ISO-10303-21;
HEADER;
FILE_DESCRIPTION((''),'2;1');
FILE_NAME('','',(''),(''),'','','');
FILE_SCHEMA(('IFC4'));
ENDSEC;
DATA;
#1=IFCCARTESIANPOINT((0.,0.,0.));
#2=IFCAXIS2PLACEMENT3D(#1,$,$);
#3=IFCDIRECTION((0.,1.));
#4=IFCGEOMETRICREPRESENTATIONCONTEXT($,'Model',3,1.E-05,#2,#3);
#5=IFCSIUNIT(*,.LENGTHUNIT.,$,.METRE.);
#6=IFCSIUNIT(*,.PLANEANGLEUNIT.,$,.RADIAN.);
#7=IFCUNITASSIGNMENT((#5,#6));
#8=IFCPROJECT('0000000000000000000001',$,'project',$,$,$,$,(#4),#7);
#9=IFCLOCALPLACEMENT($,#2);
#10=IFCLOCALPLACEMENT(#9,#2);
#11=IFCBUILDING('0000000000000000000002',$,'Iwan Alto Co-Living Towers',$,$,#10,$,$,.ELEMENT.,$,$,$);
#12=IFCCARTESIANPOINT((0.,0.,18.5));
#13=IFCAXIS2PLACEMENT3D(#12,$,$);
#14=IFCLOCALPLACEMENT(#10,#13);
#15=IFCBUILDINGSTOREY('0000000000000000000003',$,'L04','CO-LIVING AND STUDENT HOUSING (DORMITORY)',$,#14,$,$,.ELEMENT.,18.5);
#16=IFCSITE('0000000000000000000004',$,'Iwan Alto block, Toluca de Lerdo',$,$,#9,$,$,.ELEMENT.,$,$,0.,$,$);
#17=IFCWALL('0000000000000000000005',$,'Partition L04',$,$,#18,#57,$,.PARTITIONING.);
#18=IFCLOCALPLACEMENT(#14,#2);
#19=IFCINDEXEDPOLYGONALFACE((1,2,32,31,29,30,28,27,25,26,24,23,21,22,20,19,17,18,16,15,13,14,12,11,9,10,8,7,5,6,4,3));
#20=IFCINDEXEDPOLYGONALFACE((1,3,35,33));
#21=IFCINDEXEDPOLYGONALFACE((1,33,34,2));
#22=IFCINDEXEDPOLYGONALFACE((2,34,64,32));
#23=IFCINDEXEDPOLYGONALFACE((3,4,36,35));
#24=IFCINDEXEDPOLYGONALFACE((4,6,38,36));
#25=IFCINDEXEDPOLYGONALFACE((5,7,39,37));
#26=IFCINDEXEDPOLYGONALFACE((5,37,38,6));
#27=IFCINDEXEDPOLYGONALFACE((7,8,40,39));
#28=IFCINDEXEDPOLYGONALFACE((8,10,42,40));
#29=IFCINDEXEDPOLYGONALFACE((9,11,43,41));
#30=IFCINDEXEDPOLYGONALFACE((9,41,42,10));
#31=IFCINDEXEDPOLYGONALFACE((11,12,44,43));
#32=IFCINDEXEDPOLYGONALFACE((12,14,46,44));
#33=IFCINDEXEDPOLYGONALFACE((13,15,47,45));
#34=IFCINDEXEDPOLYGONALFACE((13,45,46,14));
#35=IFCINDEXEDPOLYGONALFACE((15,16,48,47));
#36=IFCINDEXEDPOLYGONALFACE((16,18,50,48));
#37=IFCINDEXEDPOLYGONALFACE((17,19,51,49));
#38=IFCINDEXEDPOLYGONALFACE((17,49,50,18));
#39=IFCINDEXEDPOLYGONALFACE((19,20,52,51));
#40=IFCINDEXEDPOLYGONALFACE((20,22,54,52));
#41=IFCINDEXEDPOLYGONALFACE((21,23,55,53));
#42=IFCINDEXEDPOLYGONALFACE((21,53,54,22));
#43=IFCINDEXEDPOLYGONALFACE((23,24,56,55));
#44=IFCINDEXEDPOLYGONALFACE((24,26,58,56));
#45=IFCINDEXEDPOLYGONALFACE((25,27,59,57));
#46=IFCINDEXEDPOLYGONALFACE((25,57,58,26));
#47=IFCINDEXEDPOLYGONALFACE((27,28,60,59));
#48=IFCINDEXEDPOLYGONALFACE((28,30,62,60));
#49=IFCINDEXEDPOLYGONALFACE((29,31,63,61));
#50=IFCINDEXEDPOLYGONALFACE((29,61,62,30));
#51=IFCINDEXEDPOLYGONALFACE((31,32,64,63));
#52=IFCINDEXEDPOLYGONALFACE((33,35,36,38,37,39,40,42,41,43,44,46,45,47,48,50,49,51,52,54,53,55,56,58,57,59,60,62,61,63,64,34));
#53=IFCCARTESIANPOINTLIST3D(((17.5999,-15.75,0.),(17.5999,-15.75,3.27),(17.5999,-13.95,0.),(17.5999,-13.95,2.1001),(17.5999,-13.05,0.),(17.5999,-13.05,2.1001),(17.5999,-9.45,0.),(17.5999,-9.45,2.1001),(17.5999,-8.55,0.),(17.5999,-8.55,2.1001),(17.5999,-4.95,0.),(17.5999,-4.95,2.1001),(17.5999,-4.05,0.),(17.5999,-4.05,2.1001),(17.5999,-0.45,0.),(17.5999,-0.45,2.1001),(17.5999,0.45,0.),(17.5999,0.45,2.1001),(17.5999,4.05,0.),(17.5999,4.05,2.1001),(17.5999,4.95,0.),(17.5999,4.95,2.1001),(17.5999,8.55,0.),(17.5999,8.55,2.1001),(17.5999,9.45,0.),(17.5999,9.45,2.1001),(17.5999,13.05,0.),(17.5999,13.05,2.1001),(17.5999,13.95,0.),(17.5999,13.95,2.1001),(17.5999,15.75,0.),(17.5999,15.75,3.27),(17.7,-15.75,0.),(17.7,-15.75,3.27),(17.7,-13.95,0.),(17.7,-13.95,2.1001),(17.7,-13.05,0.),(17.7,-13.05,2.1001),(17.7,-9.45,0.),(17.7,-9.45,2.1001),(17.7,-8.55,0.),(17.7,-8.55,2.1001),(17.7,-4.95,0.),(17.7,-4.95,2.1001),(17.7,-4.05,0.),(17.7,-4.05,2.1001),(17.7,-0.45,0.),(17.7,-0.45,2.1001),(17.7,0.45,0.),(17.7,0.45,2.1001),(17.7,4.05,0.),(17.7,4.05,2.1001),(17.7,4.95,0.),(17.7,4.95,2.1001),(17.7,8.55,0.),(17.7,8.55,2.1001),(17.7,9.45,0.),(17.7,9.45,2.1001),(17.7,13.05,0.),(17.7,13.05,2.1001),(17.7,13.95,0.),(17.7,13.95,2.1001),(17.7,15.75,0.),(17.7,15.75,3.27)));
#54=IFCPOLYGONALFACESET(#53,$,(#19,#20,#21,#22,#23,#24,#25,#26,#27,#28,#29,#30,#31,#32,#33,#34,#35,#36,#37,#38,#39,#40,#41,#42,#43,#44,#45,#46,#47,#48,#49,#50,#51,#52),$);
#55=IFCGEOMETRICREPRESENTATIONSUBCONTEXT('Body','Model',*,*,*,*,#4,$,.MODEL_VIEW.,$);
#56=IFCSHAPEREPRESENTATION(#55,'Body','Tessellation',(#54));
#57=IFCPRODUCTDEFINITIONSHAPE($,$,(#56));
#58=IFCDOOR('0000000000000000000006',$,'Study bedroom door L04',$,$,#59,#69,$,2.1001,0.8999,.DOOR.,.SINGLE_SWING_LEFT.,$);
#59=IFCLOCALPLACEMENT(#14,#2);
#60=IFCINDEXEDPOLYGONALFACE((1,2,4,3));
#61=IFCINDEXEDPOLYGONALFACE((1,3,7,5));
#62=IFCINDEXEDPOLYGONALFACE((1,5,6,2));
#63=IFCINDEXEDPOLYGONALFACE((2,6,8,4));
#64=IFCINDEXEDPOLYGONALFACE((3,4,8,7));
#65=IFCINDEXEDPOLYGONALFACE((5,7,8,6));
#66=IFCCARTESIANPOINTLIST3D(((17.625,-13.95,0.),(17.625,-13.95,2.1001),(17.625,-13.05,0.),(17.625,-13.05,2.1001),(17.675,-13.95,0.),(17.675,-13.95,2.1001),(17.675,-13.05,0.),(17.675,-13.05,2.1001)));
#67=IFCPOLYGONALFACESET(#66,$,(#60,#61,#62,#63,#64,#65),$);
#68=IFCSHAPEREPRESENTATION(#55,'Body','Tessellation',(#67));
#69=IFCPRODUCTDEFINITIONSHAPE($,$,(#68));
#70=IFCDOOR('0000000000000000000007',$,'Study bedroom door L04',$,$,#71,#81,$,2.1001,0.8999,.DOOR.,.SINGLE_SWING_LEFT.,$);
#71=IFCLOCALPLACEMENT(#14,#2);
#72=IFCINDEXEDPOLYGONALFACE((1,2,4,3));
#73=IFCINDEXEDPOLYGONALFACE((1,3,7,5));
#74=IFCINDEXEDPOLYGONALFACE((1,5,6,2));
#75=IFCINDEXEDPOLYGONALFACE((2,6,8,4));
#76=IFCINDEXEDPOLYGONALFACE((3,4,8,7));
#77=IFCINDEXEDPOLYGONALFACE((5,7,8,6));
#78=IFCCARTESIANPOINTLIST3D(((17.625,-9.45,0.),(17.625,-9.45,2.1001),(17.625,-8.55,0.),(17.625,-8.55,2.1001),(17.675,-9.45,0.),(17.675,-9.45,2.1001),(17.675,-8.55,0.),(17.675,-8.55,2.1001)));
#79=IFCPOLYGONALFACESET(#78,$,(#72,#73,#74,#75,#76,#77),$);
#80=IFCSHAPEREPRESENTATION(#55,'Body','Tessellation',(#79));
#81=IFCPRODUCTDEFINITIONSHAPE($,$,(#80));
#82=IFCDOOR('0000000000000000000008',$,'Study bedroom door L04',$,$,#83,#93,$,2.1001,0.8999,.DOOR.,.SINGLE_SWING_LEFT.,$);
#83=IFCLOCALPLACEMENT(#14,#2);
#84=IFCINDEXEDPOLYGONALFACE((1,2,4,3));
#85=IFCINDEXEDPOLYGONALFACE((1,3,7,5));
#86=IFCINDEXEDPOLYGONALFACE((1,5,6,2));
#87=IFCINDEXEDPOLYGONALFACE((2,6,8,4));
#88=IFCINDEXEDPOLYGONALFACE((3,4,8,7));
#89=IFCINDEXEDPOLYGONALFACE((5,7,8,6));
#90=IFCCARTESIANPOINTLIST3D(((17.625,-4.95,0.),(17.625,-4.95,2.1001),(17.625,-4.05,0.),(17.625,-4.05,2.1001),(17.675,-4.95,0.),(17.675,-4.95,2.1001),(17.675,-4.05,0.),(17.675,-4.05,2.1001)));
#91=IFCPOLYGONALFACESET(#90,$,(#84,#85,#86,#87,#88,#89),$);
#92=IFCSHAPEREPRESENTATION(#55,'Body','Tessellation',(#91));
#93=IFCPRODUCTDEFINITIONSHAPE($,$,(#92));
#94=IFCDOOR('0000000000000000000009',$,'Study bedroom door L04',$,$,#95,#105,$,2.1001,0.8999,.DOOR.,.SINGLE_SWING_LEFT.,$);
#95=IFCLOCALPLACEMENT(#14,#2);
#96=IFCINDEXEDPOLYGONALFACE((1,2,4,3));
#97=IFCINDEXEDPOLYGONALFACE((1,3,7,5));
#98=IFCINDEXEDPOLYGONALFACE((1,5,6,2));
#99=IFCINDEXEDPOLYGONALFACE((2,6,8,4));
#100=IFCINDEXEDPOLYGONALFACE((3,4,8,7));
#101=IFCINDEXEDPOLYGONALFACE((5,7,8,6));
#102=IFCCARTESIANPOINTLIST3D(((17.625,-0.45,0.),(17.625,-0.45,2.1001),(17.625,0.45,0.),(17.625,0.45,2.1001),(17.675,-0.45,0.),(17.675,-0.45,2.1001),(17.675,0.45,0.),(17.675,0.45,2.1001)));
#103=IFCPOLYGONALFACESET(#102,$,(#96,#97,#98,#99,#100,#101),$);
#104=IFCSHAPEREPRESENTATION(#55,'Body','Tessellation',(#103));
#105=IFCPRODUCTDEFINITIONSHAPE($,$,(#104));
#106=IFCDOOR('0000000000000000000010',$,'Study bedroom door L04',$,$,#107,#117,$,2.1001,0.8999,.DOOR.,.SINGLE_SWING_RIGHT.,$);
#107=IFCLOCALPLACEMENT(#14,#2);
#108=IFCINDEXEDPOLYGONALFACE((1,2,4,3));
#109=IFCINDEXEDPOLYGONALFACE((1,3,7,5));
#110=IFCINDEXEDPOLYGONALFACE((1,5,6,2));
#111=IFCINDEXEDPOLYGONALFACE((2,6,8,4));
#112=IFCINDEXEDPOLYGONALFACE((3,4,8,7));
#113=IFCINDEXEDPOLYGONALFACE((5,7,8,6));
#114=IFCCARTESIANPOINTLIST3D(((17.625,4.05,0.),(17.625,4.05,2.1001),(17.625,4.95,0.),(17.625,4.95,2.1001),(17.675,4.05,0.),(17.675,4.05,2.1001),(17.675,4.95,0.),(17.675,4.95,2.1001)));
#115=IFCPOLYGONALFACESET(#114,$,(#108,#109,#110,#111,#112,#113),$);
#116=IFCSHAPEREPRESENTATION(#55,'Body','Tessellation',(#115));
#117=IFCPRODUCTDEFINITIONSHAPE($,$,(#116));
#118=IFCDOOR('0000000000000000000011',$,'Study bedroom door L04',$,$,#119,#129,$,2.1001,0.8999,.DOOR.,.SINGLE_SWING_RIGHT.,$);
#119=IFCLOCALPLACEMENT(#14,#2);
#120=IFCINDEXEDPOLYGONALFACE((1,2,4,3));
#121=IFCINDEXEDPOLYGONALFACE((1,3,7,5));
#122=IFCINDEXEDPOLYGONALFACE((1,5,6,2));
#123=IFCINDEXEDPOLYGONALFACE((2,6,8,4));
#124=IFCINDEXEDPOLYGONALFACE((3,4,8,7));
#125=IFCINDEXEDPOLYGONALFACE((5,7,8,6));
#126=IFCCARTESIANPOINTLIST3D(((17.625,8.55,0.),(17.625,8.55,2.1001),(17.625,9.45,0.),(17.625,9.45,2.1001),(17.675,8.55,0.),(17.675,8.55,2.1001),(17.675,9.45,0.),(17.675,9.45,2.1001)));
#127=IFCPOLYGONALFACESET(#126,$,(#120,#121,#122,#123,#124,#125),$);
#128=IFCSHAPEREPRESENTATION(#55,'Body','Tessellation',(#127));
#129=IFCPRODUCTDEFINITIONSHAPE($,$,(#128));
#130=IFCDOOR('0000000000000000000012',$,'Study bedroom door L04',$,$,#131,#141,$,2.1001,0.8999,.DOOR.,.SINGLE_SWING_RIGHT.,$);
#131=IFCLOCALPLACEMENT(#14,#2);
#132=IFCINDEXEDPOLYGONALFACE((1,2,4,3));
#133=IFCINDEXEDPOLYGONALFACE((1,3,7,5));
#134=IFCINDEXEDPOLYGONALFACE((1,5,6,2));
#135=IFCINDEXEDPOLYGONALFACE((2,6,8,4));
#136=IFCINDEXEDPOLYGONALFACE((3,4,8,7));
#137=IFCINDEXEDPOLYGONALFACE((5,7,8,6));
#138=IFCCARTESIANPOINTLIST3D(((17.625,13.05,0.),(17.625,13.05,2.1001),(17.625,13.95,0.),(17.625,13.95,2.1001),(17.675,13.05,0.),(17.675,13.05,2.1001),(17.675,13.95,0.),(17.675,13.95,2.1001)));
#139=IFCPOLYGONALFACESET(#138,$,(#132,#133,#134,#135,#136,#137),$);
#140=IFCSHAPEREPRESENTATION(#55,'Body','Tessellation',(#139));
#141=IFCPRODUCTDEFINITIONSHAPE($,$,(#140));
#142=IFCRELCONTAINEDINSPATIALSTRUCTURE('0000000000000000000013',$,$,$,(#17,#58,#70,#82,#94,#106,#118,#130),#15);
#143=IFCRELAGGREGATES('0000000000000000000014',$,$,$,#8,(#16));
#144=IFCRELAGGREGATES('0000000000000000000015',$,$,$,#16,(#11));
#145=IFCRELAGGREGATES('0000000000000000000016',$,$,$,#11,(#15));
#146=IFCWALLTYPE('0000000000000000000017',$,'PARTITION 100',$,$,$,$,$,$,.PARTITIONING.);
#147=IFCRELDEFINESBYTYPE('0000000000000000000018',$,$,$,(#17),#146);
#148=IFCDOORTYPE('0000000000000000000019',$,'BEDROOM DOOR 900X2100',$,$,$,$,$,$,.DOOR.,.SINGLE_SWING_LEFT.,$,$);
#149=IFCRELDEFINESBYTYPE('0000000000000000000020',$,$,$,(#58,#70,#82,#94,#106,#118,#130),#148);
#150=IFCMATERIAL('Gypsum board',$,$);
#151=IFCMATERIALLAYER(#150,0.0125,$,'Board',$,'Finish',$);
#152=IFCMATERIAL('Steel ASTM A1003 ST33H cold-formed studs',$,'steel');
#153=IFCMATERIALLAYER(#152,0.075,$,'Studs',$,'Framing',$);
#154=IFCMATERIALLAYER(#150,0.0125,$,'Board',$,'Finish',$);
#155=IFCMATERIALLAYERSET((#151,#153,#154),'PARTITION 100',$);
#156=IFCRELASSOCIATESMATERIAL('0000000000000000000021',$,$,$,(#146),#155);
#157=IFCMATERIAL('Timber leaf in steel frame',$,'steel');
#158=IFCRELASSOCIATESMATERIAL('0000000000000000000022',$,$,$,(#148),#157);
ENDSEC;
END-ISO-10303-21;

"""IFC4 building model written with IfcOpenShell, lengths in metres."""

from ifc_helpers import new_model, si_unit, direction, frame, frame_2d, origin, place, context, subcontext, project, spatial, rectangle, extrude, material, layer, layer_set, type_object, element, fill, save


model = new_model("IFC4")

# Units and contexts
model_context = context("Model", 3, precision=1e-05, world=origin(), true_north=direction((0.0, 1.0)))
body_context = subcontext(model_context, "Body", "Model", "MODEL_VIEW")
ifc_project = project(units=[si_unit("LENGTHUNIT", "METRE"), si_unit("PLANEANGLEUNIT", "RADIAN")], contexts=[model_context])

# Site, building, storey
site_placement = place(None, origin())
site = spatial("IfcSite", under=ifc_project, at=site_placement, Name="Iwan Alto block, Toluca de Lerdo", CompositionType="ELEMENT", RefElevation=0.0)
building_placement = place(site_placement, origin())
building = spatial("IfcBuilding", under=site, at=building_placement, Name="Iwan Alto Co-Living Towers", CompositionType="ELEMENT")
storey_placement = place(building_placement, frame((0.0, 0.0, 18.5)))
storey = spatial("IfcBuildingStorey", under=building, at=storey_placement, Name="L04", Description="CO-LIVING AND STUDENT HOUSING (DORMITORY)", CompositionType="ELEMENT", Elevation=18.5)

# Shared definitions
ifc_material_1 = material(Name="Gypsum board")
ifc_material_2 = material(Name="Steel ASTM A1003 ST33H cold-formed studs", Category="steel")

# Shared definitions
ifc_layer_1 = layer(ifc_material_1, 0.0125, Name="Board", Category="Finish")
ifc_layer_2 = layer(ifc_material_2, 0.075, Name="Studs", Category="Framing")
ifc_layer_3 = layer(ifc_material_1, 0.0125, Name="Board", Category="Finish")
ifc_layer_set_1 = layer_set([ifc_layer_1, ifc_layer_2, ifc_layer_3], Name="PARTITION 100")
wall_type_1 = type_object("IfcWallType", Name="PARTITION 100", PredefinedType="PARTITIONING", material=ifc_layer_set_1)

# Wall, openings, doors
wall_1_placement = place(storey_placement, frame((17.6499, -15.75, 0.0), z_axis=(0.0, 0.0, 1.0), x_axis=(0.0, 1.0, 0.0)))
wall_1 = element("IfcWall", 1, at=wall_1_placement, inside=storey, type_object=wall_type_1, Name="Partition L04", PredefinedType="PARTITIONING", context=body_context, shape_type="SweptSolid", body=[
    extrude(rectangle(XDim=31.5, YDim=0.1001, at=frame_2d((15.75, 0.0))), origin(), (0.0, 0.0, 1.0), 3.27),
])
opening_1_placement = place(wall_1_placement, frame((1.8, 0.0, 0.0)))
opening_1 = element("IfcOpeningElement", 2, at=opening_1_placement, cuts=wall_1, PredefinedType="OPENING", context=body_context, shape_type="SweptSolid", body=[
    extrude(rectangle(XDim=0.8999, YDim=2.1001, at=frame_2d((0.45, 1.05))), frame((0.0, 0.0601, 0.0), z_axis=(0.0, -1.0, 0.0), x_axis=(1.0, 0.0, 0.0)), (0.0, 0.0, 1.0), 0.1201),
])
opening_2_placement = place(wall_1_placement, frame((6.3, 0.0, 0.0)))
opening_2 = element("IfcOpeningElement", 3, at=opening_2_placement, cuts=wall_1, PredefinedType="OPENING", context=body_context, shape_type="SweptSolid", body=[
    extrude(rectangle(XDim=0.8999, YDim=2.1001, at=frame_2d((0.45, 1.05))), frame((0.0, 0.0601, 0.0), z_axis=(0.0, -1.0, 0.0), x_axis=(1.0, 0.0, 0.0)), (0.0, 0.0, 1.0), 0.1201),
])
opening_3_placement = place(wall_1_placement, frame((10.8, 0.0, 0.0)))
opening_3 = element("IfcOpeningElement", 4, at=opening_3_placement, cuts=wall_1, PredefinedType="OPENING", context=body_context, shape_type="SweptSolid", body=[
    extrude(rectangle(XDim=0.8999, YDim=2.1001, at=frame_2d((0.45, 1.05))), frame((0.0, 0.0601, 0.0), z_axis=(0.0, -1.0, 0.0), x_axis=(1.0, 0.0, 0.0)), (0.0, 0.0, 1.0), 0.1201),
])
opening_4_placement = place(wall_1_placement, frame((15.3, 0.0, 0.0)))
opening_4 = element("IfcOpeningElement", 5, at=opening_4_placement, cuts=wall_1, PredefinedType="OPENING", context=body_context, shape_type="SweptSolid", body=[
    extrude(rectangle(XDim=0.8999, YDim=2.1001, at=frame_2d((0.45, 1.05))), frame((0.0, 0.0601, 0.0), z_axis=(0.0, -1.0, 0.0), x_axis=(1.0, 0.0, 0.0)), (0.0, 0.0, 1.0), 0.1201),
])
opening_5_placement = place(wall_1_placement, frame((19.8, 0.0, 0.0)))
opening_5 = element("IfcOpeningElement", 6, at=opening_5_placement, cuts=wall_1, PredefinedType="OPENING", context=body_context, shape_type="SweptSolid", body=[
    extrude(rectangle(XDim=0.8999, YDim=2.1001, at=frame_2d((0.45, 1.05))), frame((0.0, 0.0601, 0.0), z_axis=(0.0, -1.0, 0.0), x_axis=(1.0, 0.0, 0.0)), (0.0, 0.0, 1.0), 0.1201),
])
opening_6_placement = place(wall_1_placement, frame((24.3, 0.0, 0.0)))
opening_6 = element("IfcOpeningElement", 7, at=opening_6_placement, cuts=wall_1, PredefinedType="OPENING", context=body_context, shape_type="SweptSolid", body=[
    extrude(rectangle(XDim=0.8999, YDim=2.1001, at=frame_2d((0.45, 1.05))), frame((0.0, 0.0601, 0.0), z_axis=(0.0, -1.0, 0.0), x_axis=(1.0, 0.0, 0.0)), (0.0, 0.0, 1.0), 0.1201),
])
opening_7_placement = place(wall_1_placement, frame((28.8, 0.0, 0.0)))
opening_7 = element("IfcOpeningElement", 8, at=opening_7_placement, cuts=wall_1, PredefinedType="OPENING", context=body_context, shape_type="SweptSolid", body=[
    extrude(rectangle(XDim=0.8999, YDim=2.1001, at=frame_2d((0.45, 1.05))), frame((0.0, 0.0601, 0.0), z_axis=(0.0, -1.0, 0.0), x_axis=(1.0, 0.0, 0.0)), (0.0, 0.0, 1.0), 0.1201),
])
ifc_material_3 = material(Name="Timber leaf in steel frame", Category="steel")
door_type_1 = type_object("IfcDoorType", Name="BEDROOM DOOR 900X2100", OperationType="SINGLE_SWING_LEFT", PredefinedType="DOOR", material=ifc_material_3)
door_1_placement = place(opening_1_placement, origin())
door_1 = element("IfcDoor", 9, at=door_1_placement, inside=storey, type_object=door_type_1, Name="Study bedroom door L04", OperationType="SINGLE_SWING_LEFT", OverallHeight=2.1001, OverallWidth=0.8999, PredefinedType="DOOR", context=body_context, shape_type="SweptSolid", body=[
    extrude(rectangle(XDim=0.8999, YDim=2.1001, at=frame_2d((0.45, 1.05))), frame((0.0, 0.0249, 0.0), z_axis=(0.0, -1.0, 0.0), x_axis=(1.0, 0.0, 0.0)), (0.0, 0.0, 1.0), 0.05),
])
fill(opening_1, door_1)
door_2_placement = place(opening_2_placement, origin())
door_2 = element("IfcDoor", 10, at=door_2_placement, inside=storey, type_object=door_type_1, Name="Study bedroom door L04", OperationType="SINGLE_SWING_LEFT", OverallHeight=2.1001, OverallWidth=0.8999, PredefinedType="DOOR", context=body_context, shape_type="SweptSolid", body=[
    extrude(rectangle(XDim=0.8999, YDim=2.1001, at=frame_2d((0.45, 1.05))), frame((0.0, 0.0249, 0.0), z_axis=(0.0, -1.0, 0.0), x_axis=(1.0, 0.0, 0.0)), (0.0, 0.0, 1.0), 0.05),
])
fill(opening_2, door_2)
door_3_placement = place(opening_3_placement, origin())
door_3 = element("IfcDoor", 11, at=door_3_placement, inside=storey, type_object=door_type_1, Name="Study bedroom door L04", OperationType="SINGLE_SWING_LEFT", OverallHeight=2.1001, OverallWidth=0.8999, PredefinedType="DOOR", context=body_context, shape_type="SweptSolid", body=[
    extrude(rectangle(XDim=0.8999, YDim=2.1001, at=frame_2d((0.45, 1.05))), frame((0.0, 0.0249, 0.0), z_axis=(0.0, -1.0, 0.0), x_axis=(1.0, 0.0, 0.0)), (0.0, 0.0, 1.0), 0.05),
])
fill(opening_3, door_3)
door_4_placement = place(opening_4_placement, origin())
door_4 = element("IfcDoor", 12, at=door_4_placement, inside=storey, type_object=door_type_1, Name="Study bedroom door L04", OperationType="SINGLE_SWING_LEFT", OverallHeight=2.1001, OverallWidth=0.8999, PredefinedType="DOOR", context=body_context, shape_type="SweptSolid", body=[
    extrude(rectangle(XDim=0.8999, YDim=2.1001, at=frame_2d((0.45, 1.05))), frame((0.0, 0.0249, 0.0), z_axis=(0.0, -1.0, 0.0), x_axis=(1.0, 0.0, 0.0)), (0.0, 0.0, 1.0), 0.05),
])
fill(opening_4, door_4)
door_5_placement = place(opening_5_placement, origin())
door_5 = element("IfcDoor", 13, at=door_5_placement, inside=storey, type_object=door_type_1, Name="Study bedroom door L04", OperationType="SINGLE_SWING_RIGHT", OverallHeight=2.1001, OverallWidth=0.8999, PredefinedType="DOOR", context=body_context, shape_type="SweptSolid", body=[
    extrude(rectangle(XDim=0.8999, YDim=2.1001, at=frame_2d((0.45, 1.05))), frame((0.0, 0.0249, 0.0), z_axis=(0.0, -1.0, 0.0), x_axis=(1.0, 0.0, 0.0)), (0.0, 0.0, 1.0), 0.05),
])
fill(opening_5, door_5)
door_6_placement = place(opening_6_placement, origin())
door_6 = element("IfcDoor", 14, at=door_6_placement, inside=storey, type_object=door_type_1, Name="Study bedroom door L04", OperationType="SINGLE_SWING_RIGHT", OverallHeight=2.1001, OverallWidth=0.8999, PredefinedType="DOOR", context=body_context, shape_type="SweptSolid", body=[
    extrude(rectangle(XDim=0.8999, YDim=2.1001, at=frame_2d((0.45, 1.05))), frame((0.0, 0.0249, 0.0), z_axis=(0.0, -1.0, 0.0), x_axis=(1.0, 0.0, 0.0)), (0.0, 0.0, 1.0), 0.05),
])
fill(opening_6, door_6)
door_7_placement = place(opening_7_placement, origin())
door_7 = element("IfcDoor", 15, at=door_7_placement, inside=storey, type_object=door_type_1, Name="Study bedroom door L04", OperationType="SINGLE_SWING_RIGHT", OverallHeight=2.1001, OverallWidth=0.8999, PredefinedType="DOOR", context=body_context, shape_type="SweptSolid", body=[
    extrude(rectangle(XDim=0.8999, YDim=2.1001, at=frame_2d((0.45, 1.05))), frame((0.0, 0.0249, 0.0), z_axis=(0.0, -1.0, 0.0), x_axis=(1.0, 0.0, 0.0)), (0.0, 0.0, 1.0), 0.05),
])
fill(opening_7, door_7)

save(model, "model.ifc")
